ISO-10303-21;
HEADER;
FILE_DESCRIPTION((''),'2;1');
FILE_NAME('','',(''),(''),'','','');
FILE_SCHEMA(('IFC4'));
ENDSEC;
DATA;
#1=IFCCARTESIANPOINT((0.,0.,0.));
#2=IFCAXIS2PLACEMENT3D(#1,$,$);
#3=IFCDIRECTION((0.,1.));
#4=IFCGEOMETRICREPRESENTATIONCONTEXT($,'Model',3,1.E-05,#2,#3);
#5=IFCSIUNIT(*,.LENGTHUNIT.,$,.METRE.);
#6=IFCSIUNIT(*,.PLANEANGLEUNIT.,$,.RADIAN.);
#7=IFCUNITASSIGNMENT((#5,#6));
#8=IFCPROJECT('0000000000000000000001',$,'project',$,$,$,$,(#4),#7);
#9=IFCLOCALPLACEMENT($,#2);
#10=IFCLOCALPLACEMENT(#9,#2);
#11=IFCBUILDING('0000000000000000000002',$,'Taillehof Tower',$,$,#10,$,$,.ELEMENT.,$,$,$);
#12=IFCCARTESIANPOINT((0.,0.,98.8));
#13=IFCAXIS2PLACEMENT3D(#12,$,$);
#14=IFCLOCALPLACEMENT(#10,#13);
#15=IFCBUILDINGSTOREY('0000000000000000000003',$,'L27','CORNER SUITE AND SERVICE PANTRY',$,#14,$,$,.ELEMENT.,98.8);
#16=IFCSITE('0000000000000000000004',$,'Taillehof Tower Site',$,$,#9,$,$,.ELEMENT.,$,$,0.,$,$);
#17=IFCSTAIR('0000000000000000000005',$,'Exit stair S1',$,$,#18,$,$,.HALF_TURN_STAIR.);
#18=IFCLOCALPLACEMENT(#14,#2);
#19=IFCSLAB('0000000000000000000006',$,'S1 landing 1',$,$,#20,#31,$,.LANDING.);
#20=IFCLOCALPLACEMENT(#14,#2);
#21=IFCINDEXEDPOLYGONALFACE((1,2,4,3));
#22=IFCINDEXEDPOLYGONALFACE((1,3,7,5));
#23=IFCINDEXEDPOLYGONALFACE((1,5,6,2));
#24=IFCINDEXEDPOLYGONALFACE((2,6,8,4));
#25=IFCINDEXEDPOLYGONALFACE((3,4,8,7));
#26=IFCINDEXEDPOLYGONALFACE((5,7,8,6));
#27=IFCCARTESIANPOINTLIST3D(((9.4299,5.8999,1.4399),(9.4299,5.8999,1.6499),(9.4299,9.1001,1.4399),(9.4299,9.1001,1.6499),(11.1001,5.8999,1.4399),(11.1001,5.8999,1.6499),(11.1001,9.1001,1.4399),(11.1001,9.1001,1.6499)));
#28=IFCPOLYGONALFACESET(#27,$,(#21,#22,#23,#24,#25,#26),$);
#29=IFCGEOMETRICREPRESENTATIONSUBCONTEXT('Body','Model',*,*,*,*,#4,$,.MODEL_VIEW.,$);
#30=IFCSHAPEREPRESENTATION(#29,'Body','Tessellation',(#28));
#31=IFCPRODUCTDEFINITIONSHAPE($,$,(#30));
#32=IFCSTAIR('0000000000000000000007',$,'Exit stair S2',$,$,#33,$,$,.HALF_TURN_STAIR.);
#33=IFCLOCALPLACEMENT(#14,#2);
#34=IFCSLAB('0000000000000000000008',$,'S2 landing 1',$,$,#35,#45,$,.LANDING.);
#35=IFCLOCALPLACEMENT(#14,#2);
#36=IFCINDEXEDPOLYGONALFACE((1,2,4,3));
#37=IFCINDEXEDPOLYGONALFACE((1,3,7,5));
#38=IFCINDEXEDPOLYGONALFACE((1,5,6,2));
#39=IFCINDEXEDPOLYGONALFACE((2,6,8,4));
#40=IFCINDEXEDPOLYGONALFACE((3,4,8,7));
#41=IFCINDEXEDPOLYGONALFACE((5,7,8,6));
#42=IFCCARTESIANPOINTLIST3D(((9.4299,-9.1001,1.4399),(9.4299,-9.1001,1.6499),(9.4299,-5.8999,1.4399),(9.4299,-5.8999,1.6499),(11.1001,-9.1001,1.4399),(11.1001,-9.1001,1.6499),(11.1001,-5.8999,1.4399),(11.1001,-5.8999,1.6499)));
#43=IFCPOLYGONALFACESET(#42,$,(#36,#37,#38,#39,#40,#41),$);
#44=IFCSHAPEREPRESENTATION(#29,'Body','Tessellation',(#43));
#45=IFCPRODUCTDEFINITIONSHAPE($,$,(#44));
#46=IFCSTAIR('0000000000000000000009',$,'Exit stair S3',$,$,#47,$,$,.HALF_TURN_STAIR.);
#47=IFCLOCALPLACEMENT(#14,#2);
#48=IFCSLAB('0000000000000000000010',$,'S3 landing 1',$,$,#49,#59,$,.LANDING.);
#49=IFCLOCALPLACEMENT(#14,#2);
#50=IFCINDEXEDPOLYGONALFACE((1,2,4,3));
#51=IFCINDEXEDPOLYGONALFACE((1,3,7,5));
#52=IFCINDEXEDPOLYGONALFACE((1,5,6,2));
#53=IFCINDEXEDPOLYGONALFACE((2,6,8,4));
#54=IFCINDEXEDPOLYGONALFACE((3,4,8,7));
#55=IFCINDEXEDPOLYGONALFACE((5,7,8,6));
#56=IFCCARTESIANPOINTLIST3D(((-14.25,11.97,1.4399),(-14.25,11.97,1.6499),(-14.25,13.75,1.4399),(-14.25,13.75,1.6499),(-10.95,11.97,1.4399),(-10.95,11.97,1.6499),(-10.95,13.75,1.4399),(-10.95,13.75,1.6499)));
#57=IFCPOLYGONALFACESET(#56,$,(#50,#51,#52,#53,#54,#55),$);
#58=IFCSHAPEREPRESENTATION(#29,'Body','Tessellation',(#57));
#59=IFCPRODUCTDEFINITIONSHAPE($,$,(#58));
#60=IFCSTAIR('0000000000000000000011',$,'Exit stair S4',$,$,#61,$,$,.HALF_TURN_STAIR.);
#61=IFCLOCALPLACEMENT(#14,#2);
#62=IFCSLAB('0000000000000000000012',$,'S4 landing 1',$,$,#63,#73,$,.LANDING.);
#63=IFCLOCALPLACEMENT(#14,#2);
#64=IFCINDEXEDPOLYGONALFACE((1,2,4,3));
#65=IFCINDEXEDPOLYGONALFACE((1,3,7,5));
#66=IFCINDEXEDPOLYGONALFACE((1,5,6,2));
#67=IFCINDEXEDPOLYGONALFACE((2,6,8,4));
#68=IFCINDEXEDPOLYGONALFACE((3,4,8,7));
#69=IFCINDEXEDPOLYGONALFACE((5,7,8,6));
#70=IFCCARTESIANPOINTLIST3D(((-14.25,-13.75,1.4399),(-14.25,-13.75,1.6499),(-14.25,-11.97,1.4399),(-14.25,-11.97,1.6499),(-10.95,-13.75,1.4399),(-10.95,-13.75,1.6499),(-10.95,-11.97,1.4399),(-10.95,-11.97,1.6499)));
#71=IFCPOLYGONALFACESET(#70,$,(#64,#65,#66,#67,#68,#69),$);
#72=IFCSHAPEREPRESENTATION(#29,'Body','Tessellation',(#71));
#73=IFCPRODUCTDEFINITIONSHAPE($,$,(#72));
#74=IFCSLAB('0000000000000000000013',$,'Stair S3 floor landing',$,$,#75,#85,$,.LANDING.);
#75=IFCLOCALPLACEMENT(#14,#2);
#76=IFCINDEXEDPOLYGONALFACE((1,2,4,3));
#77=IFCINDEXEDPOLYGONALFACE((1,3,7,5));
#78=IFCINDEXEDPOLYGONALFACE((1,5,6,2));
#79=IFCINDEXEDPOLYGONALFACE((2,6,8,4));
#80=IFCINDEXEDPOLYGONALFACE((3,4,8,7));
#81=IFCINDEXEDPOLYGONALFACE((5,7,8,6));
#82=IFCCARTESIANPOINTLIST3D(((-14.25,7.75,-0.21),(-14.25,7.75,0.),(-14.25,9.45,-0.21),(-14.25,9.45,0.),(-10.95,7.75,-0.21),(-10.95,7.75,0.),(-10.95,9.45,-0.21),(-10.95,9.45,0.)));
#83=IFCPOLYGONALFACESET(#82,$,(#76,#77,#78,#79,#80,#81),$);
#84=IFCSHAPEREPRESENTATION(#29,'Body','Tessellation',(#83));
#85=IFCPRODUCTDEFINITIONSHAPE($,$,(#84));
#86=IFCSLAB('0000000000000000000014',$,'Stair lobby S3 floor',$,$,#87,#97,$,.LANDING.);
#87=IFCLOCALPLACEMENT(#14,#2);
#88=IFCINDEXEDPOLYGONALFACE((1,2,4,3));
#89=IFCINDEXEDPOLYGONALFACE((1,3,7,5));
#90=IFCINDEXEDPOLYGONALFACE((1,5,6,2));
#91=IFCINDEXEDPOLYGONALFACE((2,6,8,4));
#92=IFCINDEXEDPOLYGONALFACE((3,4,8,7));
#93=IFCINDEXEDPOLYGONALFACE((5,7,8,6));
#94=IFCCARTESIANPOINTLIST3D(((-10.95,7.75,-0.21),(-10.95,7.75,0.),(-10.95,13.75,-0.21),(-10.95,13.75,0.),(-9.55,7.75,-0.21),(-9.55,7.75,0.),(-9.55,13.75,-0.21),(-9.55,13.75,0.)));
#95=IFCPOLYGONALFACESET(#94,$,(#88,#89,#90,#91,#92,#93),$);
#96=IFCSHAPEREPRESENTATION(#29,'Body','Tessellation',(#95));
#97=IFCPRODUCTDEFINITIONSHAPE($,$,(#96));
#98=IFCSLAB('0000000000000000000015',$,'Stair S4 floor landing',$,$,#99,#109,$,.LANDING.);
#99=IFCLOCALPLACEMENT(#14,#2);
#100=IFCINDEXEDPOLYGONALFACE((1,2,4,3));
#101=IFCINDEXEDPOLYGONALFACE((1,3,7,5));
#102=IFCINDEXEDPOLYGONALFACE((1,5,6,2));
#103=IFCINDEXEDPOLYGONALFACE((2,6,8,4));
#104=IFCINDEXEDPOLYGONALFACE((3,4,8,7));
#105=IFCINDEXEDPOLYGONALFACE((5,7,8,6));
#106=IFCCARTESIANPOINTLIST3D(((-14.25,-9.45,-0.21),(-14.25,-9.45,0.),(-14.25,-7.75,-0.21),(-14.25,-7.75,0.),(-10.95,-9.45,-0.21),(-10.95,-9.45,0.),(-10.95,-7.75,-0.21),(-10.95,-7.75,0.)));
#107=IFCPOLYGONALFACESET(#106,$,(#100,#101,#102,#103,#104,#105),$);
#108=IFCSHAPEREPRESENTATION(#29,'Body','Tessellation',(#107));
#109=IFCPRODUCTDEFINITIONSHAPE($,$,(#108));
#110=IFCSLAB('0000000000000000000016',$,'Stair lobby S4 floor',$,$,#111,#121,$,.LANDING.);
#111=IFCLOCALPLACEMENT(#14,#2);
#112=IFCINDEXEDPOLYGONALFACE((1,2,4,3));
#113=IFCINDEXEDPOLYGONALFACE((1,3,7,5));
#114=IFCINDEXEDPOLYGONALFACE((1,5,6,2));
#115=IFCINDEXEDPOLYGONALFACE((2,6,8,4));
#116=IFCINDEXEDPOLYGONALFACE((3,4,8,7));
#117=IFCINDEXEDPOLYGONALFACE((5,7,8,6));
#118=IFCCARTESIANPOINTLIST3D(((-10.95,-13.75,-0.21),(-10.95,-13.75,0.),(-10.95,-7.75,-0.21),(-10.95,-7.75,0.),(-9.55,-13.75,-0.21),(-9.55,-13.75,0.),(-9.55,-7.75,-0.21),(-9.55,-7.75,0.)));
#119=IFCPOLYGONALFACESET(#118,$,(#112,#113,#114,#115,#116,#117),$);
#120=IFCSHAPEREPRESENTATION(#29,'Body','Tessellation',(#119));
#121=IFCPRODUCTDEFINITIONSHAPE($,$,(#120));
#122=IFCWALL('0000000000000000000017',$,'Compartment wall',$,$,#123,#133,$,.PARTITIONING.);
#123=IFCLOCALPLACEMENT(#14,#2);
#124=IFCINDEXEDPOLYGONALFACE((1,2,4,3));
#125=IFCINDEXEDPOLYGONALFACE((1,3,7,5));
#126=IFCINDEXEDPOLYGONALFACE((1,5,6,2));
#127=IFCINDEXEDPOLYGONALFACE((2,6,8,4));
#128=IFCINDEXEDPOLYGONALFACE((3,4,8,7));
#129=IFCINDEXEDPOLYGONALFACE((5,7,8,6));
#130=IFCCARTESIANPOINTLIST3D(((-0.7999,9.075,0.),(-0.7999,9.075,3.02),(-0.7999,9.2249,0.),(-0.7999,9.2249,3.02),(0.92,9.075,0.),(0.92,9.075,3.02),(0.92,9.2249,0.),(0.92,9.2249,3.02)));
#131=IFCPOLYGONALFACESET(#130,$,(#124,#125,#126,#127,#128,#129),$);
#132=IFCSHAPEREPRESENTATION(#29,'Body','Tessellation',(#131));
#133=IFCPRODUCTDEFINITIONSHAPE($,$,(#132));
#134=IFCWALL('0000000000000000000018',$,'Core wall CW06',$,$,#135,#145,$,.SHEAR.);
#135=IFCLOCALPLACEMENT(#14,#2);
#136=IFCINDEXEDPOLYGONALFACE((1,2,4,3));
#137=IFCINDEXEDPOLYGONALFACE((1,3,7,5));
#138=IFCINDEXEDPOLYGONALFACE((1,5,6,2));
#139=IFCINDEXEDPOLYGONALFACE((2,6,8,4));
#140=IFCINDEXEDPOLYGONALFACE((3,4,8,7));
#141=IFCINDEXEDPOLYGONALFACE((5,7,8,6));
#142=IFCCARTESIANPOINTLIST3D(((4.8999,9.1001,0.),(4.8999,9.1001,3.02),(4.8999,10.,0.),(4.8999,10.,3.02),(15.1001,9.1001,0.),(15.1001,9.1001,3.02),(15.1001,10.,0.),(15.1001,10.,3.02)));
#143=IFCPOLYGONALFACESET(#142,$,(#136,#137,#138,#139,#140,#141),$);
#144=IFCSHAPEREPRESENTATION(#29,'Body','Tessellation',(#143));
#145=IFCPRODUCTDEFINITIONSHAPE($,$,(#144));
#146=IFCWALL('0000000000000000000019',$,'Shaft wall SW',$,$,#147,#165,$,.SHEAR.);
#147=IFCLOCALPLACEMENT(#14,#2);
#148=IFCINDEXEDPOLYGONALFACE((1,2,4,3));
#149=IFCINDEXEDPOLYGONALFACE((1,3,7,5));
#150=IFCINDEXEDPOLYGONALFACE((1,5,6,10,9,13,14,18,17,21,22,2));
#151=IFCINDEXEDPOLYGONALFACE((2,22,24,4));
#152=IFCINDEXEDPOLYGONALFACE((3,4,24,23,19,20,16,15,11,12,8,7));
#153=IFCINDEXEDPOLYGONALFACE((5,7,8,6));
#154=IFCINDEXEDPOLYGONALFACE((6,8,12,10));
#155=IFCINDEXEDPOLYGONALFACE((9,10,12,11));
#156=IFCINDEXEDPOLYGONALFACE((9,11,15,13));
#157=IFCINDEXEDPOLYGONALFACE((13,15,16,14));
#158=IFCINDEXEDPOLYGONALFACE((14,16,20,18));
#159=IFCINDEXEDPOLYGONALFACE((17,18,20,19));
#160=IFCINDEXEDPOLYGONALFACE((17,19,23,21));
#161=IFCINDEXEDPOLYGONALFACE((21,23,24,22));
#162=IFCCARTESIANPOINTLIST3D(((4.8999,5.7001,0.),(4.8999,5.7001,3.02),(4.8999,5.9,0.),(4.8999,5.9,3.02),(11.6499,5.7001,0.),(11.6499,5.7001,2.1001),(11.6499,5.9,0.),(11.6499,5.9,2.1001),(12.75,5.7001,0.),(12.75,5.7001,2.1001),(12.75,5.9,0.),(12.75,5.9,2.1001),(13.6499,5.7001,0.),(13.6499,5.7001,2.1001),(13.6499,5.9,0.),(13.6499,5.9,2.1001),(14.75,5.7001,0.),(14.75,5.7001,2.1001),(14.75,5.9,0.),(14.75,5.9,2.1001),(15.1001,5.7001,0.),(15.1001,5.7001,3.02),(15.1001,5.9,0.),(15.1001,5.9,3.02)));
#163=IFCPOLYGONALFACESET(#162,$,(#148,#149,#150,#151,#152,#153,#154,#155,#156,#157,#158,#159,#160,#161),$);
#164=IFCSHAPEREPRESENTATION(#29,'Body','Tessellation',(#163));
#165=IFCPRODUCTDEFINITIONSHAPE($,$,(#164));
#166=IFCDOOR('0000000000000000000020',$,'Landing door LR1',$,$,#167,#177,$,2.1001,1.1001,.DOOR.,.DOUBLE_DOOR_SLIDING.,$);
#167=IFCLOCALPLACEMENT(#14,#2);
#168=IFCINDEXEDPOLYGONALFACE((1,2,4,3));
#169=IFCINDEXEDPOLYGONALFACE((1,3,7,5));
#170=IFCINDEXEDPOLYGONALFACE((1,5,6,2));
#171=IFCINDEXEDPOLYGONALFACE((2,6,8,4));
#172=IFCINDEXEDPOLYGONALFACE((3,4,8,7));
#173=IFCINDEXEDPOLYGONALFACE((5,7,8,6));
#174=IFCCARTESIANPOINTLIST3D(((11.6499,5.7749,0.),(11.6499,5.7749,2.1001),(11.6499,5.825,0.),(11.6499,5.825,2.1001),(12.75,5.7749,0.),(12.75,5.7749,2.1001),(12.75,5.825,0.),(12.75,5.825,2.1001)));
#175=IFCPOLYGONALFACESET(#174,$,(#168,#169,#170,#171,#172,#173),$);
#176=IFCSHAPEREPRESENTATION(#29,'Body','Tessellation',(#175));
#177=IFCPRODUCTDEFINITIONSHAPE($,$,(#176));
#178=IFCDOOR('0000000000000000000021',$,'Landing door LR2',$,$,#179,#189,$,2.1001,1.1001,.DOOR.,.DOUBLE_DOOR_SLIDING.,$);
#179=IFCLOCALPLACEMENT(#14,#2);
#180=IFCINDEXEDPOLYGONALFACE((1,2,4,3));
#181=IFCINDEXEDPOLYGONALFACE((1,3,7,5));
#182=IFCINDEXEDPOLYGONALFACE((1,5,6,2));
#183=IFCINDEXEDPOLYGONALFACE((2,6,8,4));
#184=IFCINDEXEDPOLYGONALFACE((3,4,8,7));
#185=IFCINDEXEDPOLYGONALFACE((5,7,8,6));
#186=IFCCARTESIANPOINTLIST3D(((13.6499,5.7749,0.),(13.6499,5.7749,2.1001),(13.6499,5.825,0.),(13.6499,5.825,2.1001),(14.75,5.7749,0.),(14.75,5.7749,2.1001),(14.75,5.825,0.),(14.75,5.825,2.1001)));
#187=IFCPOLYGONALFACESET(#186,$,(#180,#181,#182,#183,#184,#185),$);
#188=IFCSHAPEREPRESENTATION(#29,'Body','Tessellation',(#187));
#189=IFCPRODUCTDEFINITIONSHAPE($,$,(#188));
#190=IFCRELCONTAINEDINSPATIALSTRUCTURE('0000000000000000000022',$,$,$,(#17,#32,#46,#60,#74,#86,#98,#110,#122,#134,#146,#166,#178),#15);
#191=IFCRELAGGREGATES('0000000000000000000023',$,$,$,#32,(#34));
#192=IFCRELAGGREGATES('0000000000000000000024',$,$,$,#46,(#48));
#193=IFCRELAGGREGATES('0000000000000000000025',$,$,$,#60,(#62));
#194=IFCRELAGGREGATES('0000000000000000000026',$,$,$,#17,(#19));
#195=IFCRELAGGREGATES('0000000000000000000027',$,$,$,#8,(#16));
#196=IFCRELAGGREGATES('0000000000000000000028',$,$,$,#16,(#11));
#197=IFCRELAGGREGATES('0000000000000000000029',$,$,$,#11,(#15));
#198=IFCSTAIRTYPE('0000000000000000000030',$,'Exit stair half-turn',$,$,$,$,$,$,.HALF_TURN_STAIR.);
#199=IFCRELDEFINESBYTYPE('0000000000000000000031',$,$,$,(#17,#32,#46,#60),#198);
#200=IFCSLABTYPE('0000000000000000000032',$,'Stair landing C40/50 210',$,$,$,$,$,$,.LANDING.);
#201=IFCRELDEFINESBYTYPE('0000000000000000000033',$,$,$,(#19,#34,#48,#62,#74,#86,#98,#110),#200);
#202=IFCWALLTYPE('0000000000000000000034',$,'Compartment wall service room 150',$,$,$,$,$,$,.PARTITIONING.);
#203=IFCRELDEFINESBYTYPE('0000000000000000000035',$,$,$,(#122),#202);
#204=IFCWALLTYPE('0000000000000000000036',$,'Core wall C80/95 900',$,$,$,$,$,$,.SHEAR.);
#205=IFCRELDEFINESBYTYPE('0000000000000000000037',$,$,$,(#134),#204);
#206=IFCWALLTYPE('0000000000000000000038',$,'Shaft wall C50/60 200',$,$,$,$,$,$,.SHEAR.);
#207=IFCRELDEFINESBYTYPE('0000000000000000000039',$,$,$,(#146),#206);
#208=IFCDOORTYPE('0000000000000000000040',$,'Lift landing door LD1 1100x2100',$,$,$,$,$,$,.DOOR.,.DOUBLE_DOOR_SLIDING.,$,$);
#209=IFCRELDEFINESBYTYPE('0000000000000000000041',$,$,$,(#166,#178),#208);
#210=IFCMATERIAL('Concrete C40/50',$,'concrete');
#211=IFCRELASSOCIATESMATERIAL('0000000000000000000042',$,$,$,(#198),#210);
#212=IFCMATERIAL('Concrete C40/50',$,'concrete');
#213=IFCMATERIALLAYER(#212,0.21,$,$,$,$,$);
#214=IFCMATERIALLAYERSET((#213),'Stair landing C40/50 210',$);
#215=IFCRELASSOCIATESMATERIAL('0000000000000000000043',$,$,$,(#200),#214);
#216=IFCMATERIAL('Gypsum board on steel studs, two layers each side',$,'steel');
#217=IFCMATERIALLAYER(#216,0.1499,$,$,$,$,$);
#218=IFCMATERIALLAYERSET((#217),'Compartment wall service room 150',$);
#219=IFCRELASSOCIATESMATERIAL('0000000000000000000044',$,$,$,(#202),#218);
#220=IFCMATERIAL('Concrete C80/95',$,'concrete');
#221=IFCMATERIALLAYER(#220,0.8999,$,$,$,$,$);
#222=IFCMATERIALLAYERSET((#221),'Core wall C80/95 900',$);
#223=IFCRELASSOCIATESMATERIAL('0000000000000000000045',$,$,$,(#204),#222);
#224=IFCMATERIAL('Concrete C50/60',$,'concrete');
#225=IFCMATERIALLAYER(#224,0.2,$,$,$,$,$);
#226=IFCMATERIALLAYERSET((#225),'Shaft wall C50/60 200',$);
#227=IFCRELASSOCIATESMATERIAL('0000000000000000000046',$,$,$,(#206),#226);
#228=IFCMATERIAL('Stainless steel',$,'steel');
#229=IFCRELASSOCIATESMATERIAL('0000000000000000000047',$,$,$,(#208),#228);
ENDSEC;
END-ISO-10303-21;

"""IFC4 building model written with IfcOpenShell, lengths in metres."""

from ifc_helpers import new_model, si_unit, direction, frame, frame_2d, origin, place, context, subcontext, project, spatial, polyline, rectangle, outline, extrude, material, layer, layer_set, type_object, element, fill, aggregate, save


model = new_model("IFC4")

# Units and contexts
model_context = context("Model", 3, precision=1e-05, world=origin(), true_north=direction((0.0, 1.0)))
body_context = subcontext(model_context, "Body", "Model", "MODEL_VIEW")
ifc_project = project(units=[si_unit("LENGTHUNIT", "METRE"), si_unit("PLANEANGLEUNIT", "RADIAN")], contexts=[model_context])

# Site, building, storey
site_placement = place(None, origin())
site = spatial("IfcSite", under=ifc_project, at=site_placement, Name="Taillehof Tower Site", CompositionType="ELEMENT", RefElevation=0.0)
building_placement = place(site_placement, origin())
building = spatial("IfcBuilding", under=site, at=building_placement, Name="Taillehof Tower", CompositionType="ELEMENT")
storey_placement = place(building_placement, frame((0.0, 0.0, 98.8)))
storey = spatial("IfcBuildingStorey", under=building, at=storey_placement, Name="L27", Description="CORNER SUITE AND SERVICE PANTRY", CompositionType="ELEMENT", Elevation=98.8)

# Stairs, slabs
ifc_material_1 = material(Name="Concrete C40/50", Category="concrete")
stair_type = type_object("IfcStairType", Name="Exit stair half-turn", PredefinedType="HALF_TURN_STAIR", material=ifc_material_1)
stair_1_placement = place(storey_placement, origin())
stair_1 = element("IfcStair", 1, at=stair_1_placement, inside=storey, type_object=stair_type, Name="Exit stair S1", PredefinedType="HALF_TURN_STAIR")
ifc_material_2 = material(Name="Concrete C40/50", Category="concrete")
ifc_layer_1 = layer(ifc_material_2, 0.21)
ifc_layer_set_1 = layer_set([ifc_layer_1], Name="Stair landing C40/50 210")
slab_type_1 = type_object("IfcSlabType", Name="Stair landing C40/50 210", PredefinedType="LANDING", material=ifc_layer_set_1)
slab_1_placement = place(storey_placement, frame((0.0, 0.0, 1.4399)))
slab_1 = element("IfcSlab", 2, at=slab_1_placement, type_object=slab_type_1, Name="S1 landing 1", PredefinedType="LANDING", context=body_context, shape_type="SweptSolid", body=[
    extrude(outline(polyline([(9.4299, 5.8999), (11.1001, 5.8999), (11.1001, 9.1001), (9.4299, 9.1001), (9.4299, 5.8999)])), origin(), (0.0, 0.0, 1.0), 0.21),
])
stair_2_placement = place(storey_placement, origin())
stair_2 = element("IfcStair", 3, at=stair_2_placement, inside=storey, type_object=stair_type, Name="Exit stair S2", PredefinedType="HALF_TURN_STAIR")
slab_2_placement = place(storey_placement, frame((0.0, 0.0, 1.4399)))
slab_2 = element("IfcSlab", 4, at=slab_2_placement, type_object=slab_type_1, Name="S2 landing 1", PredefinedType="LANDING", context=body_context, shape_type="SweptSolid", body=[
    extrude(outline(polyline([(9.4299, -5.8999), (11.1001, -5.8999), (11.1001, -9.1001), (9.4299, -9.1001), (9.4299, -5.8999)])), origin(), (0.0, 0.0, 1.0), 0.21),
])
aggregate(stair_2, [slab_2])
stair_3_placement = place(storey_placement, origin())
stair_3 = element("IfcStair", 5, at=stair_3_placement, inside=storey, type_object=stair_type, Name="Exit stair S3", PredefinedType="HALF_TURN_STAIR")
slab_3_placement = place(storey_placement, frame((0.0, 0.0, 1.4399)))
slab_3 = element("IfcSlab", 6, at=slab_3_placement, type_object=slab_type_1, Name="S3 landing 1", PredefinedType="LANDING", context=body_context, shape_type="SweptSolid", body=[
    extrude(outline(polyline([(-14.25, 11.97), (-14.25, 13.75), (-10.95, 13.75), (-10.95, 11.97), (-14.25, 11.97)])), origin(), (0.0, 0.0, 1.0), 0.21),
])
aggregate(stair_3, [slab_3])
stair_4_placement = place(storey_placement, origin())
stair_4 = element("IfcStair", 7, at=stair_4_placement, inside=storey, type_object=stair_type, Name="Exit stair S4", PredefinedType="HALF_TURN_STAIR")
slab_4_placement = place(storey_placement, frame((0.0, 0.0, 1.4399)))
slab_4 = element("IfcSlab", 8, at=slab_4_placement, type_object=slab_type_1, Name="S4 landing 1", PredefinedType="LANDING", context=body_context, shape_type="SweptSolid", body=[
    extrude(outline(polyline([(-14.25, -11.97), (-14.25, -13.75), (-10.95, -13.75), (-10.95, -11.97), (-14.25, -11.97)])), origin(), (0.0, 0.0, 1.0), 0.21),
])
aggregate(stair_4, [slab_4])

# Slabs
slab_5_placement = place(storey_placement, frame((0.0, 0.0, -0.21)))
element("IfcSlab", 9, at=slab_5_placement, inside=storey, type_object=slab_type_1, Name="Stair S3 floor landing", PredefinedType="LANDING", context=body_context, shape_type="SweptSolid", body=[
    extrude(outline(polyline([(-14.25, 7.75), (-14.25, 9.45), (-10.95, 9.45), (-10.95, 7.75), (-14.25, 7.75)])), origin(), (0.0, 0.0, 1.0), 0.21),
])
slab_6_placement = place(storey_placement, frame((0.0, 0.0, -0.21)))
element("IfcSlab", 10, at=slab_6_placement, inside=storey, type_object=slab_type_1, Name="Stair lobby S3 floor", PredefinedType="LANDING", context=body_context, shape_type="SweptSolid", body=[
    extrude(outline(polyline([(-10.95, 7.75), (-9.55, 7.75), (-9.55, 13.75), (-10.95, 13.75), (-10.95, 7.75)])), origin(), (0.0, 0.0, 1.0), 0.21),
])
slab_7_placement = place(storey_placement, frame((0.0, 0.0, -0.21)))
element("IfcSlab", 11, at=slab_7_placement, inside=storey, type_object=slab_type_1, Name="Stair S4 floor landing", PredefinedType="LANDING", context=body_context, shape_type="SweptSolid", body=[
    extrude(outline(polyline([(-14.25, -7.75), (-14.25, -9.45), (-10.95, -9.45), (-10.95, -7.75), (-14.25, -7.75)])), origin(), (0.0, 0.0, 1.0), 0.21),
])
slab_8_placement = place(storey_placement, frame((0.0, 0.0, -0.21)))
element("IfcSlab", 12, at=slab_8_placement, inside=storey, type_object=slab_type_1, Name="Stair lobby S4 floor", PredefinedType="LANDING", context=body_context, shape_type="SweptSolid", body=[
    extrude(outline(polyline([(-10.95, -13.75), (-9.55, -13.75), (-9.55, -7.75), (-10.95, -7.75), (-10.95, -13.75)])), origin(), (0.0, 0.0, 1.0), 0.21),
])

# Walls
ifc_material_3 = material(Name="Gypsum board on steel studs, two layers each side", Category="steel")
ifc_layer_2 = layer(ifc_material_3, 0.1499)
ifc_layer_set_2 = layer_set([ifc_layer_2], Name="Compartment wall service room 150")
wall_type_1 = type_object("IfcWallType", Name="Compartment wall service room 150", PredefinedType="PARTITIONING", material=ifc_layer_set_2)
wall_1_placement = place(storey_placement, frame((0.9199, 9.1499, 0.0), z_axis=(0.0, 0.0, 1.0), x_axis=(-1.0, 0.0, 0.0)))
element("IfcWall", 13, at=wall_1_placement, inside=storey, type_object=wall_type_1, Name="Compartment wall", PredefinedType="PARTITIONING", context=body_context, shape_type="SweptSolid", body=[
    extrude(rectangle(XDim=1.72, YDim=0.1499, at=frame_2d((0.8599, 0.0))), origin(), (0.0, 0.0, 1.0), 3.02),
])
ifc_material_4 = material(Name="Concrete C80/95", Category="concrete")
ifc_layer_3 = layer(ifc_material_4, 0.8999)
ifc_layer_set_3 = layer_set([ifc_layer_3], Name="Core wall C80/95 900")
wall_type_2 = type_object("IfcWallType", Name="Core wall C80/95 900", PredefinedType="SHEAR", material=ifc_layer_set_3)
wall_2_placement = place(storey_placement, frame((4.8999, 9.55, 0.0), z_axis=(0.0, 0.0, 1.0), x_axis=(1.0, 0.0, 0.0)))
element("IfcWall", 14, at=wall_2_placement, inside=storey, type_object=wall_type_2, Name="Core wall CW06", PredefinedType="SHEAR", context=body_context, shape_type="SweptSolid", body=[
    extrude(rectangle(XDim=10.2002, YDim=0.8999, at=frame_2d((5.1001, 0.0))), origin(), (0.0, 0.0, 1.0), 3.02),
])

# Wall, openings, doors
ifc_material_5 = material(Name="Concrete C50/60", Category="concrete")
ifc_layer_4 = layer(ifc_material_5, 0.2)
ifc_layer_set_4 = layer_set([ifc_layer_4], Name="Shaft wall C50/60 200")
wall_type_3 = type_object("IfcWallType", Name="Shaft wall C50/60 200", PredefinedType="SHEAR", material=ifc_layer_set_4)
wall_3_placement = place(storey_placement, frame((4.8999, 5.8, 0.0), z_axis=(0.0, 0.0, 1.0), x_axis=(1.0, 0.0, 0.0)))
wall_3 = element("IfcWall", 15, at=wall_3_placement, inside=storey, type_object=wall_type_3, Name="Shaft wall SW", PredefinedType="SHEAR", context=body_context, shape_type="SweptSolid", body=[
    extrude(rectangle(XDim=10.2002, YDim=0.2, at=frame_2d((5.1001, 0.0))), origin(), (0.0, 0.0, 1.0), 3.02),
])
opening_1_placement = place(wall_3_placement, frame((6.75, 0.0, 0.0)))
opening_1 = element("IfcOpeningElement", 16, at=opening_1_placement, cuts=wall_3, PredefinedType="OPENING", context=body_context, shape_type="SweptSolid", body=[
    extrude(rectangle(XDim=1.1001, YDim=2.1001, at=frame_2d((0.55, 1.05))), frame((0.0, 0.1099, 0.0), z_axis=(0.0, -1.0, 0.0), x_axis=(1.0, 0.0, 0.0)), (0.0, 0.0, 1.0), 0.22),
])
opening_2_placement = place(wall_3_placement, frame((8.75, 0.0, 0.0)))
opening_2 = element("IfcOpeningElement", 17, at=opening_2_placement, cuts=wall_3, PredefinedType="OPENING", context=body_context, shape_type="SweptSolid", body=[
    extrude(rectangle(XDim=1.1001, YDim=2.1001, at=frame_2d((0.55, 1.05))), frame((0.0, 0.1099, 0.0), z_axis=(0.0, -1.0, 0.0), x_axis=(1.0, 0.0, 0.0)), (0.0, 0.0, 1.0), 0.22),
])
ifc_material_6 = material(Name="Stainless steel", Category="steel")
door_type_1 = type_object("IfcDoorType", Name="Lift landing door LD1 1100x2100", OperationType="DOUBLE_DOOR_SLIDING", PredefinedType="DOOR", material=ifc_material_6)
door_1_placement = place(opening_1_placement, origin())
door_1 = element("IfcDoor", 18, at=door_1_placement, inside=storey, type_object=door_type_1, Name="Landing door LR1", OperationType="DOUBLE_DOOR_SLIDING", OverallHeight=2.1001, OverallWidth=1.1001, PredefinedType="DOOR", context=body_context, shape_type="SweptSolid", body=[
    extrude(rectangle(XDim=1.1001, YDim=2.1001, at=frame_2d((0.55, 1.05))), frame((0.0, 0.0249, 0.0), z_axis=(0.0, -1.0, 0.0), x_axis=(1.0, 0.0, 0.0)), (0.0, 0.0, 1.0), 0.05),
])
fill(opening_1, door_1)
door_2_placement = place(opening_2_placement, origin())
door_2 = element("IfcDoor", 19, at=door_2_placement, inside=storey, type_object=door_type_1, Name="Landing door LR2", OperationType="DOUBLE_DOOR_SLIDING", OverallHeight=2.1001, OverallWidth=1.1001, PredefinedType="DOOR", context=body_context, shape_type="SweptSolid", body=[
    extrude(rectangle(XDim=1.1001, YDim=2.1001, at=frame_2d((0.55, 1.05))), frame((0.0, 0.0249, 0.0), z_axis=(0.0, -1.0, 0.0), x_axis=(1.0, 0.0, 0.0)), (0.0, 0.0, 1.0), 0.05),
])
fill(opening_2, door_2)

aggregate(stair_1, [slab_1])

save(model, "model.ifc")
